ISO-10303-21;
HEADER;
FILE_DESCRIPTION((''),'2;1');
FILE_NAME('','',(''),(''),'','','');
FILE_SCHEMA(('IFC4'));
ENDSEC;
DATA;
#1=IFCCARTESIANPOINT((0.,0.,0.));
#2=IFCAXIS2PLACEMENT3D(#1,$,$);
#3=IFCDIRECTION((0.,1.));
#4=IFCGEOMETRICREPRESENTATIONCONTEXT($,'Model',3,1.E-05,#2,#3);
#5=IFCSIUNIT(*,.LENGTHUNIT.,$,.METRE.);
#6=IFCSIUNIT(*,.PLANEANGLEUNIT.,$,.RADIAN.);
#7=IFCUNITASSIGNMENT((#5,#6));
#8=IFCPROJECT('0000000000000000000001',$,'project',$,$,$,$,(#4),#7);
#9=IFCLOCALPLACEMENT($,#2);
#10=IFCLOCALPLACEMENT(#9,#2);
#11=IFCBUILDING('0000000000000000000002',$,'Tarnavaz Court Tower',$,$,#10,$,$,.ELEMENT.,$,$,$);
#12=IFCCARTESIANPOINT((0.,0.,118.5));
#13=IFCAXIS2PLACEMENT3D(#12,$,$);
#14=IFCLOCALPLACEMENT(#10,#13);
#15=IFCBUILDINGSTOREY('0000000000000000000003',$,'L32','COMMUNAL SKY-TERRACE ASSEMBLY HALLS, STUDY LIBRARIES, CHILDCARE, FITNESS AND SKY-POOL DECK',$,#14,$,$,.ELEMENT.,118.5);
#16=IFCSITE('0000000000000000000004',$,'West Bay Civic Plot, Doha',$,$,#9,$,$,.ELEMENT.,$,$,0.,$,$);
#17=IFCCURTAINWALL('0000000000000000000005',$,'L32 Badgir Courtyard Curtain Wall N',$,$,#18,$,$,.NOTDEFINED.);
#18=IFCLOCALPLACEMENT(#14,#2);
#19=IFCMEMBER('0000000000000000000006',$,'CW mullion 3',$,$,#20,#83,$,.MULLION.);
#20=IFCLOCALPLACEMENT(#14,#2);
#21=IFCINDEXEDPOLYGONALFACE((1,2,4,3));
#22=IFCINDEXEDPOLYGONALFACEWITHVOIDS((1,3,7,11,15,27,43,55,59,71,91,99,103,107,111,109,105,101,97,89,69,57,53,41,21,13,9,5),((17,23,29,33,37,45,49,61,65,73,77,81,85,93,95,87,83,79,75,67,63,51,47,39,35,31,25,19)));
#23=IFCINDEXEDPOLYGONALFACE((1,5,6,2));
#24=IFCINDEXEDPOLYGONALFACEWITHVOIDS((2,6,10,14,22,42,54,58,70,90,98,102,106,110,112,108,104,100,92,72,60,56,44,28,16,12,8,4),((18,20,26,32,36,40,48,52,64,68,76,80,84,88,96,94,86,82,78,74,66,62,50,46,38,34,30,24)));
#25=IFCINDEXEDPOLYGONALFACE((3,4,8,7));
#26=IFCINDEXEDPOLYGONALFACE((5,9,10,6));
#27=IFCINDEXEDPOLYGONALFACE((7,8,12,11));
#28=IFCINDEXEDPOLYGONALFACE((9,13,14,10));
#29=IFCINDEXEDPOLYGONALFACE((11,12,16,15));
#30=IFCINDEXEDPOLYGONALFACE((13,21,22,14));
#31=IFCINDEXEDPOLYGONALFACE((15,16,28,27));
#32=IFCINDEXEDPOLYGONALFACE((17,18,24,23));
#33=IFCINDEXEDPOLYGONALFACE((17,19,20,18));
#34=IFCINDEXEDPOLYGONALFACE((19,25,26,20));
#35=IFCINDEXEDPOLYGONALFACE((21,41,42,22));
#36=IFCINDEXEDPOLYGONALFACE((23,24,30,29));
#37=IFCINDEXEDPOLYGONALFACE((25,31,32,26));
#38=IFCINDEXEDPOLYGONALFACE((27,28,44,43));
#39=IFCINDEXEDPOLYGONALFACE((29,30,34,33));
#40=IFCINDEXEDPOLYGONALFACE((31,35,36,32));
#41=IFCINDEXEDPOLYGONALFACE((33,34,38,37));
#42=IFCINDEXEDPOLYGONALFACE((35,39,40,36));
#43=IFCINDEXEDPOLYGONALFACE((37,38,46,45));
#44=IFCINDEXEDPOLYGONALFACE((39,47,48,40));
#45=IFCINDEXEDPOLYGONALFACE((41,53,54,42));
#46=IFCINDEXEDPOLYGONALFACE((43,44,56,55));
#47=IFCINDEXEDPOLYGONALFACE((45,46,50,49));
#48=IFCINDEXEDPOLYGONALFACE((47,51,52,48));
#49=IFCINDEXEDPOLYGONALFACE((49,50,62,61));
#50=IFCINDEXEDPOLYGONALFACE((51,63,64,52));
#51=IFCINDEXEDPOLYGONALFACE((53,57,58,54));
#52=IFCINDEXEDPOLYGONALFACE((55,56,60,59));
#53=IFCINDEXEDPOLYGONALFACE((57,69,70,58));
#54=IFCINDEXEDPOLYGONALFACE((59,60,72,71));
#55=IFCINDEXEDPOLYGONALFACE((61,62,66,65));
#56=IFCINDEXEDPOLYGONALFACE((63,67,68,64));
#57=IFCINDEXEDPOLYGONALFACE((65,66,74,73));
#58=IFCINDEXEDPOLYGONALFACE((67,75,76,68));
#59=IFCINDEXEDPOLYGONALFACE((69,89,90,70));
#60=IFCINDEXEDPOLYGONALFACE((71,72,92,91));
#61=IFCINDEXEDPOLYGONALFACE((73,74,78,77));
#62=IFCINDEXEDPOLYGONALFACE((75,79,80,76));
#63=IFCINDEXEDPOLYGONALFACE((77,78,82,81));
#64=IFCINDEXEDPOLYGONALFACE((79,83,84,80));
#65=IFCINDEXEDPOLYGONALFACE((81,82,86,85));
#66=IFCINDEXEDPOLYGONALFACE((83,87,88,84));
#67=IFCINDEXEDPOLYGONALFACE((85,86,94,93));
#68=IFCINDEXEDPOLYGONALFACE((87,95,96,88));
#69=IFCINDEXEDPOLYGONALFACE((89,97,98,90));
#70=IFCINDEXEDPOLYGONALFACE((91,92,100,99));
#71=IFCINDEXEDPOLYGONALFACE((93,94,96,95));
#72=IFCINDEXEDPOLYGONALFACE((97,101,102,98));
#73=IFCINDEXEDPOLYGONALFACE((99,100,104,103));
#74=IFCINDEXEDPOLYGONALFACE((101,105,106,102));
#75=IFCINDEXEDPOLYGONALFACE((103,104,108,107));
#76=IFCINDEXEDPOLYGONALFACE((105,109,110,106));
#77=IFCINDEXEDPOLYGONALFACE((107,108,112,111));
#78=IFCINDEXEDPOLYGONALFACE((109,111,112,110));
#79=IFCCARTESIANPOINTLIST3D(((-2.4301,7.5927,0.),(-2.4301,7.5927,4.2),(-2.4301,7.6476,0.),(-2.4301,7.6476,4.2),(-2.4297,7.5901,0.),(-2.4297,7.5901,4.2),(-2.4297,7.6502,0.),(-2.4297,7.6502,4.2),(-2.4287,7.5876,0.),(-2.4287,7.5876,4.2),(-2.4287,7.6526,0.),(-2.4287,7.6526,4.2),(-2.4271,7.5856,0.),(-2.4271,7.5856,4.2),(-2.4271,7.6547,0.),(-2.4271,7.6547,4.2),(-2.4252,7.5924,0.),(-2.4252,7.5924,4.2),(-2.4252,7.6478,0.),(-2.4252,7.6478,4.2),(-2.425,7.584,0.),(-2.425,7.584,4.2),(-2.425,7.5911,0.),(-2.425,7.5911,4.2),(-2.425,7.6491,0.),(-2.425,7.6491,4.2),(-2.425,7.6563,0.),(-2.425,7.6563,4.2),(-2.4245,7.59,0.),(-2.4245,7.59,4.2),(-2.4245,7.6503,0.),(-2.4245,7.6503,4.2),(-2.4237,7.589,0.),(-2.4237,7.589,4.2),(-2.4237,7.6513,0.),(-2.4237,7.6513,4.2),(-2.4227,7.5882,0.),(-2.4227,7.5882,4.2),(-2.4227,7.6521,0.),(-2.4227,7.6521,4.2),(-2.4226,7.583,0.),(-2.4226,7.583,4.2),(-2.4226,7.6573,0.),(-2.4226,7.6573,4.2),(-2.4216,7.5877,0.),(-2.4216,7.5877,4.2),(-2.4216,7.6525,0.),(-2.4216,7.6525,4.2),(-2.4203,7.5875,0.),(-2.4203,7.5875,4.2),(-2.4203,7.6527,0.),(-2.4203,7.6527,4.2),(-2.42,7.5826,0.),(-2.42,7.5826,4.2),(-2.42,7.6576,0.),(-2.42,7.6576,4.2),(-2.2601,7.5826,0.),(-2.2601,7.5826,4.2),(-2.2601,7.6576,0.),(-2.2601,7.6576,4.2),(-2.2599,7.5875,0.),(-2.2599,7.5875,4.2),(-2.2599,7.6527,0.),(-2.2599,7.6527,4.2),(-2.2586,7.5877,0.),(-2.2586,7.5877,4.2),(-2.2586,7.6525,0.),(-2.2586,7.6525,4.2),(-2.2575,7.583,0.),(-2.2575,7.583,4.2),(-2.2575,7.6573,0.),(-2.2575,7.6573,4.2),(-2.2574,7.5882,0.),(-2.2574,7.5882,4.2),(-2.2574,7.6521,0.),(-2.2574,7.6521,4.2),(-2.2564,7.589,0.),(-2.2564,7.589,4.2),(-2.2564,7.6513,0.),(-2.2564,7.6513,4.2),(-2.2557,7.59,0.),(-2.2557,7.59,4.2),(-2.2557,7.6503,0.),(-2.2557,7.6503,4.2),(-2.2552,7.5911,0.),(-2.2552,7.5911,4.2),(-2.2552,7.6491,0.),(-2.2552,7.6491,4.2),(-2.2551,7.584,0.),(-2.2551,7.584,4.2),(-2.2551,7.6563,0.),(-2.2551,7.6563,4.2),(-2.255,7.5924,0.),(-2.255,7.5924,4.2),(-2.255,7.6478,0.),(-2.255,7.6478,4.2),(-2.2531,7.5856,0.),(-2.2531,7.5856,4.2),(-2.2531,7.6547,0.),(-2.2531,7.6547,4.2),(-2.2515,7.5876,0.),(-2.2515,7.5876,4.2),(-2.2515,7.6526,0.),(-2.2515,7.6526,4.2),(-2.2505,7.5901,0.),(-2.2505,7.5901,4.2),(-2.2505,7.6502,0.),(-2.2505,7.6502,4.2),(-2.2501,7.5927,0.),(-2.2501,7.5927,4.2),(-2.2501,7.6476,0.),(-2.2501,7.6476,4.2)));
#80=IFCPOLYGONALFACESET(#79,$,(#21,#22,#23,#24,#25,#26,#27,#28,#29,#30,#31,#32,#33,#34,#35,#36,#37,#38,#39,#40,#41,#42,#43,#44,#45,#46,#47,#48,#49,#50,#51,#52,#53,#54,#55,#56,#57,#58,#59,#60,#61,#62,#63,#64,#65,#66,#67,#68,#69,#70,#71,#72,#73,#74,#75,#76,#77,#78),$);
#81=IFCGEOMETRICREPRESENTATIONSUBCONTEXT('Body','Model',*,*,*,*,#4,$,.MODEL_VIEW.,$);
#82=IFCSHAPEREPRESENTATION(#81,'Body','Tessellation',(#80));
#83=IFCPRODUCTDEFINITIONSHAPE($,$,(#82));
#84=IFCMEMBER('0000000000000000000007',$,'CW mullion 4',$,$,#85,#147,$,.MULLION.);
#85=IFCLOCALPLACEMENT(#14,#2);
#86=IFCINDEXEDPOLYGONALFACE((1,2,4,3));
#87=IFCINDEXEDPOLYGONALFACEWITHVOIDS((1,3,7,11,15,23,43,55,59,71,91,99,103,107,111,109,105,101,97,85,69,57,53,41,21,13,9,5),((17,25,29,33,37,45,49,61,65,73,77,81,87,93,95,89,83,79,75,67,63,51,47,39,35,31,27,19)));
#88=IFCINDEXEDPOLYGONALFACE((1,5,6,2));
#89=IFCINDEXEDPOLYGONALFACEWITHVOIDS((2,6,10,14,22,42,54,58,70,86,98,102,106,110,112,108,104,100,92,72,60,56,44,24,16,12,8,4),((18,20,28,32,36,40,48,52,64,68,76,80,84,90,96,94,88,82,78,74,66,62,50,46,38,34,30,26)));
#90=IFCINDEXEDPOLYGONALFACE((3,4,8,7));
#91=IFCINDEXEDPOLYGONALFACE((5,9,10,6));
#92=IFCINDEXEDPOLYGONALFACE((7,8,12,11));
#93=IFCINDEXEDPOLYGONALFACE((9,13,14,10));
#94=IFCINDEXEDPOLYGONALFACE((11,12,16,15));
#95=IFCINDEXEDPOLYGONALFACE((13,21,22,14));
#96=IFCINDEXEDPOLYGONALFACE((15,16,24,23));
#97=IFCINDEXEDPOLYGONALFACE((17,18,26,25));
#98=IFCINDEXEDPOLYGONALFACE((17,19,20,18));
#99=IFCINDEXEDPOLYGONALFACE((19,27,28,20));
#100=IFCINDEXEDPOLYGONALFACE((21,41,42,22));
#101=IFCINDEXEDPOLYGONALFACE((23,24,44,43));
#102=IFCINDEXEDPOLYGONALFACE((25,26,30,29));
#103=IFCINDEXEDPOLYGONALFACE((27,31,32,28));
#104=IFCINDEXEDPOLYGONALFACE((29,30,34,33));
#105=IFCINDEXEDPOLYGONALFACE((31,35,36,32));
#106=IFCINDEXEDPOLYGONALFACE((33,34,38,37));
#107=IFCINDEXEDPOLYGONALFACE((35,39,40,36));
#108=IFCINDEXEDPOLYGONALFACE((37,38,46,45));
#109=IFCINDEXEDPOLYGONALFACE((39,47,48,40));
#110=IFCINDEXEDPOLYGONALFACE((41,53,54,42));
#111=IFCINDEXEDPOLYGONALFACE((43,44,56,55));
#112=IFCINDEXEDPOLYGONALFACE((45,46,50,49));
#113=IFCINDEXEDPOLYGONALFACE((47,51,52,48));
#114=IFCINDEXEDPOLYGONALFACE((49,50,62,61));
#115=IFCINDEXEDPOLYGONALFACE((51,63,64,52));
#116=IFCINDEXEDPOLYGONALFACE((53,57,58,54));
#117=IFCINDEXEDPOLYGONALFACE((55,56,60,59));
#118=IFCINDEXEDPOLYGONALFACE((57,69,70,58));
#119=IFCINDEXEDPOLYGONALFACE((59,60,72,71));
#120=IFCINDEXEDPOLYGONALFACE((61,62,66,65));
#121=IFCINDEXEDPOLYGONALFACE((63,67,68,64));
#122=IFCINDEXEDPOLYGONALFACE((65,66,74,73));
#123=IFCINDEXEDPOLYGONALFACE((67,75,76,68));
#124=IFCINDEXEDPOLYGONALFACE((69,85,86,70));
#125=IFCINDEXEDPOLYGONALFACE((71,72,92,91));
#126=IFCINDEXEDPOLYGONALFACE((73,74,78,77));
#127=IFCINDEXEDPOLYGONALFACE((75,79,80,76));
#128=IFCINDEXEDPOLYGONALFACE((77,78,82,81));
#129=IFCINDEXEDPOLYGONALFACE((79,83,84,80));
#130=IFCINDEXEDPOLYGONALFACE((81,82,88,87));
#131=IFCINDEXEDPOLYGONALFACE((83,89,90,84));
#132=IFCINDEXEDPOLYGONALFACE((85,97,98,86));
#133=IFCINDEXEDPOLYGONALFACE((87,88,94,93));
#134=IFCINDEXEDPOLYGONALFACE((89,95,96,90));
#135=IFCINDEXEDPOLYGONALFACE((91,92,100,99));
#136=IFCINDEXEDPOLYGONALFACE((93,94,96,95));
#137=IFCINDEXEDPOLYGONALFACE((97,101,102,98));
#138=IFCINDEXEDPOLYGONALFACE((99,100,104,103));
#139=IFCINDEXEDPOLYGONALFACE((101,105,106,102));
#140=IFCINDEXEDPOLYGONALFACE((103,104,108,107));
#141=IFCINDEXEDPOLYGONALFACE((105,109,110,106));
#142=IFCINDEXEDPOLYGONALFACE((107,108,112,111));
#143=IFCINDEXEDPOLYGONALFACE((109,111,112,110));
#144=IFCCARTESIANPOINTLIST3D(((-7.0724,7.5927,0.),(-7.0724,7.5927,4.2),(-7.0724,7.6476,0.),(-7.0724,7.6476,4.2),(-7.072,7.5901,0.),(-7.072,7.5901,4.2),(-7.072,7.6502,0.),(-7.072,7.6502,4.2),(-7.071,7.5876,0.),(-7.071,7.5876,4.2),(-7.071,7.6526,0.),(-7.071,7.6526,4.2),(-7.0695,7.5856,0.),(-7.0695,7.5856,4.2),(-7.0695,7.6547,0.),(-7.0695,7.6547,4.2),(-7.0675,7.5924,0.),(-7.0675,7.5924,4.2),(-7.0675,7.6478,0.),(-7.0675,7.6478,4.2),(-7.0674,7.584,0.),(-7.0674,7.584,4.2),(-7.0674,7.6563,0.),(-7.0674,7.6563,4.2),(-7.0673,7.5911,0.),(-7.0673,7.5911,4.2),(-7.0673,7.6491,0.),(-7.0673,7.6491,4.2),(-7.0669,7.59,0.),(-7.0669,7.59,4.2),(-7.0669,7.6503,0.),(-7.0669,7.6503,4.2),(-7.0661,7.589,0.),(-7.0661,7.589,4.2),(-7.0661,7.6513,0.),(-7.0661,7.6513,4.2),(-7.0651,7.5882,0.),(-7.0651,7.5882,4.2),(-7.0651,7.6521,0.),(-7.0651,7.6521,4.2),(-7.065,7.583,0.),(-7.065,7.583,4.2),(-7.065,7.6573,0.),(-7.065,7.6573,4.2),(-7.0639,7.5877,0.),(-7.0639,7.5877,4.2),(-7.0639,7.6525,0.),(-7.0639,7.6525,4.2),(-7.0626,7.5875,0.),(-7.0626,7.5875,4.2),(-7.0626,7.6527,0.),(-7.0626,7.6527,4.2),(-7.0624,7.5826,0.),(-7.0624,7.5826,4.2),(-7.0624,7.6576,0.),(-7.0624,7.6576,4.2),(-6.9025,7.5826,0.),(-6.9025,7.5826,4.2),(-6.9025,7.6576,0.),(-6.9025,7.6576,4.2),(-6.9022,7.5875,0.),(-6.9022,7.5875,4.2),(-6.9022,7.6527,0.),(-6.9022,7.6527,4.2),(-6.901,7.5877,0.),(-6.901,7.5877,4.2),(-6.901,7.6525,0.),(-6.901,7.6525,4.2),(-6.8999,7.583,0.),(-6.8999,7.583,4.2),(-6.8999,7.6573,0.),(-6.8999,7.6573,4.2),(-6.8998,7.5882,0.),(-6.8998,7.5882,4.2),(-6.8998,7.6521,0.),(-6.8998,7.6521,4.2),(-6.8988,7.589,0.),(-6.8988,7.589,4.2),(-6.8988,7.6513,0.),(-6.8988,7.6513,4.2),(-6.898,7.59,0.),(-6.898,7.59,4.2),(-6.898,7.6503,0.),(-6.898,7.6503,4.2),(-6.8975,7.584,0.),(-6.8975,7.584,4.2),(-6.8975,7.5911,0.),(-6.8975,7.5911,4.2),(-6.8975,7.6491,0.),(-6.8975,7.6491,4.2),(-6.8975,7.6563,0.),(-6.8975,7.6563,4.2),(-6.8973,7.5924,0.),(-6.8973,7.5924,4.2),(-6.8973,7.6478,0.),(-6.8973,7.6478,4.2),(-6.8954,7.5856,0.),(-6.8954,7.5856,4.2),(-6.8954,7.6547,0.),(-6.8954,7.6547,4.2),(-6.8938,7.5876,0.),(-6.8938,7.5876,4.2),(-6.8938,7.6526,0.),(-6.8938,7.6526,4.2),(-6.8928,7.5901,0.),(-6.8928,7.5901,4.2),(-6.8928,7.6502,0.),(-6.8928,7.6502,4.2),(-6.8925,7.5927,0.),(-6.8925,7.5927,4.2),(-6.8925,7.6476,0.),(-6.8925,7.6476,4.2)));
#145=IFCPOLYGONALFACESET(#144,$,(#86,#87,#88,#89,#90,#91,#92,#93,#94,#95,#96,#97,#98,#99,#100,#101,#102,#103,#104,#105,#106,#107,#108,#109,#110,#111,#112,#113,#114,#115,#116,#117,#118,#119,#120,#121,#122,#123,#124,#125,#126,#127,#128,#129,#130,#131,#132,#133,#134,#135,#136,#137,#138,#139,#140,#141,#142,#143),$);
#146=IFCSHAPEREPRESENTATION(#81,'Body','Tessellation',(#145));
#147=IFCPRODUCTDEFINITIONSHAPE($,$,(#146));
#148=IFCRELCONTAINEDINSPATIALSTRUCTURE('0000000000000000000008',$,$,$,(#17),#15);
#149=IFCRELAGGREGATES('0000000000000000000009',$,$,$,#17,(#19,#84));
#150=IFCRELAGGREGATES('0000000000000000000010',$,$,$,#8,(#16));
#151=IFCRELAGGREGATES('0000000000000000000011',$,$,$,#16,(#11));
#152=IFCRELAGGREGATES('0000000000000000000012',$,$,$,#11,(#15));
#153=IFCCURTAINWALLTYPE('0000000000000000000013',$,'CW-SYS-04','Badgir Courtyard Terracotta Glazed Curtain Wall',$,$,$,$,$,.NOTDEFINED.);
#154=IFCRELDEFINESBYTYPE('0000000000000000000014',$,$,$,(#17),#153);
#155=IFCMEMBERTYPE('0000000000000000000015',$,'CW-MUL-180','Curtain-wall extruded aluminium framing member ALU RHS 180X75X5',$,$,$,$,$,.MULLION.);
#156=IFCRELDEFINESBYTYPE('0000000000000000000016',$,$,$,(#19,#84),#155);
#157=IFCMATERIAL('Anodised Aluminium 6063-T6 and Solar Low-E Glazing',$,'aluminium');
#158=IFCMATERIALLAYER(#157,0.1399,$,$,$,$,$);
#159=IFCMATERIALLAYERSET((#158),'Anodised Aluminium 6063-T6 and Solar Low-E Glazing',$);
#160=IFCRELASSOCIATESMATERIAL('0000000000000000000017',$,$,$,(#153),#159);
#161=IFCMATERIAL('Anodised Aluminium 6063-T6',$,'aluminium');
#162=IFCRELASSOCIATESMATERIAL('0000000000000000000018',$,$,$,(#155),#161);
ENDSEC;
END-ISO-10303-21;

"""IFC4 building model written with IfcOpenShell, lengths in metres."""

from ifc_helpers import new_model, si_unit, direction, frame, origin, origin_2d, place, context, subcontext, project, spatial, hollow_rectangle, extrude, material, layer, layer_set, material_profile, profile_set, type_object, element, aggregate, save


model = new_model("IFC4")

# Units and contexts
model_context = context("Model", 3, precision=1e-05, world=origin(), true_north=direction((0.0, 1.0)))
body_context = subcontext(model_context, "Body", "Model", "MODEL_VIEW")
ifc_project = project(units=[si_unit("LENGTHUNIT", "METRE"), si_unit("PLANEANGLEUNIT", "RADIAN")], contexts=[model_context])

# Site, building, storey
site_placement = place(None, origin())
site = spatial("IfcSite", under=ifc_project, at=site_placement, Name="West Bay Civic Plot, Doha", CompositionType="ELEMENT", RefElevation=0.0)
building_placement = place(site_placement, origin())
building = spatial("IfcBuilding", under=site, at=building_placement, Name="Tarnavaz Court Tower", CompositionType="ELEMENT")
storey_placement = place(building_placement, frame((0.0, 0.0, 118.5)))
storey = spatial("IfcBuildingStorey", under=building, at=storey_placement, Name="L32", Description="COMMUNAL SKY-TERRACE ASSEMBLY HALLS, STUDY LIBRARIES, CHILDCARE, FITNESS AND SKY-POOL DECK", CompositionType="ELEMENT", Elevation=118.5)

# Curtain wall, members
ifc_material_1 = material(Name="Anodised Aluminium 6063-T6 and Solar Low-E Glazing", Category="aluminium")
ifc_layer_1 = layer(ifc_material_1, 0.1399)
ifc_layer_set_1 = layer_set([ifc_layer_1], Name="Anodised Aluminium 6063-T6 and Solar Low-E Glazing")
curtain_wall_type = type_object("IfcCurtainWallType", Name="CW-SYS-04", Description="Badgir Courtyard Terracotta Glazed Curtain Wall", PredefinedType="NOTDEFINED", material=ifc_layer_set_1)
curtain_wall_placement = place(storey_placement, origin())
curtain_wall = element("IfcCurtainWall", 1, at=curtain_wall_placement, inside=storey, type_object=curtain_wall_type, Name="L32 Badgir Courtyard Curtain Wall N", PredefinedType="NOTDEFINED")
ifc_material_2 = material(Name="Anodised Aluminium 6063-T6", Category="aluminium")
ifc_material_profile_1 = material_profile(ifc_material_2, hollow_rectangle(XDim=0.075, YDim=0.1799, WallThickness=0.0049, InnerFilletRadius=0.0049, OuterFilletRadius=0.01, at=origin_2d()), Name="ALU RHS 180X75X5")
ifc_profile_set_1 = profile_set([ifc_material_profile_1], Name="Anodised Aluminium 6063-T6")
member_type_1 = type_object("IfcMemberType", Name="CW-MUL-180", Description="Curtain-wall extruded aluminium framing member ALU RHS 180X75X5", PredefinedType="MULLION", material=ifc_profile_set_1)
member_1_placement = place(storey_placement, frame((-2.3401, 7.6201, 0.0), z_axis=(0.0, 0.0, 1.0), x_axis=(0.0, -1.0, 0.0)))
member_1 = element("IfcMember", 2, at=member_1_placement, type_object=member_type_1, Name="CW mullion 3", PredefinedType="MULLION", context=body_context, shape_type="SweptSolid", body=[
    extrude(hollow_rectangle(XDim=0.075, YDim=0.1799, WallThickness=0.0049, InnerFilletRadius=0.0049, OuterFilletRadius=0.01, at=origin_2d()), origin(), (0.0, 0.0, 1.0), 4.2),
])
member_2_placement = place(storey_placement, frame((-6.9824, 7.6201, 0.0), z_axis=(0.0, 0.0, 1.0), x_axis=(0.0, -1.0, 0.0)))
member_2 = element("IfcMember", 3, at=member_2_placement, type_object=member_type_1, Name="CW mullion 4", PredefinedType="MULLION", context=body_context, shape_type="SweptSolid", body=[
    extrude(hollow_rectangle(XDim=0.075, YDim=0.1799, WallThickness=0.0049, InnerFilletRadius=0.0049, OuterFilletRadius=0.01, at=origin_2d()), origin(), (0.0, 0.0, 1.0), 4.2),
])
aggregate(curtain_wall, [member_1, member_2])

save(model, "model.ifc")
